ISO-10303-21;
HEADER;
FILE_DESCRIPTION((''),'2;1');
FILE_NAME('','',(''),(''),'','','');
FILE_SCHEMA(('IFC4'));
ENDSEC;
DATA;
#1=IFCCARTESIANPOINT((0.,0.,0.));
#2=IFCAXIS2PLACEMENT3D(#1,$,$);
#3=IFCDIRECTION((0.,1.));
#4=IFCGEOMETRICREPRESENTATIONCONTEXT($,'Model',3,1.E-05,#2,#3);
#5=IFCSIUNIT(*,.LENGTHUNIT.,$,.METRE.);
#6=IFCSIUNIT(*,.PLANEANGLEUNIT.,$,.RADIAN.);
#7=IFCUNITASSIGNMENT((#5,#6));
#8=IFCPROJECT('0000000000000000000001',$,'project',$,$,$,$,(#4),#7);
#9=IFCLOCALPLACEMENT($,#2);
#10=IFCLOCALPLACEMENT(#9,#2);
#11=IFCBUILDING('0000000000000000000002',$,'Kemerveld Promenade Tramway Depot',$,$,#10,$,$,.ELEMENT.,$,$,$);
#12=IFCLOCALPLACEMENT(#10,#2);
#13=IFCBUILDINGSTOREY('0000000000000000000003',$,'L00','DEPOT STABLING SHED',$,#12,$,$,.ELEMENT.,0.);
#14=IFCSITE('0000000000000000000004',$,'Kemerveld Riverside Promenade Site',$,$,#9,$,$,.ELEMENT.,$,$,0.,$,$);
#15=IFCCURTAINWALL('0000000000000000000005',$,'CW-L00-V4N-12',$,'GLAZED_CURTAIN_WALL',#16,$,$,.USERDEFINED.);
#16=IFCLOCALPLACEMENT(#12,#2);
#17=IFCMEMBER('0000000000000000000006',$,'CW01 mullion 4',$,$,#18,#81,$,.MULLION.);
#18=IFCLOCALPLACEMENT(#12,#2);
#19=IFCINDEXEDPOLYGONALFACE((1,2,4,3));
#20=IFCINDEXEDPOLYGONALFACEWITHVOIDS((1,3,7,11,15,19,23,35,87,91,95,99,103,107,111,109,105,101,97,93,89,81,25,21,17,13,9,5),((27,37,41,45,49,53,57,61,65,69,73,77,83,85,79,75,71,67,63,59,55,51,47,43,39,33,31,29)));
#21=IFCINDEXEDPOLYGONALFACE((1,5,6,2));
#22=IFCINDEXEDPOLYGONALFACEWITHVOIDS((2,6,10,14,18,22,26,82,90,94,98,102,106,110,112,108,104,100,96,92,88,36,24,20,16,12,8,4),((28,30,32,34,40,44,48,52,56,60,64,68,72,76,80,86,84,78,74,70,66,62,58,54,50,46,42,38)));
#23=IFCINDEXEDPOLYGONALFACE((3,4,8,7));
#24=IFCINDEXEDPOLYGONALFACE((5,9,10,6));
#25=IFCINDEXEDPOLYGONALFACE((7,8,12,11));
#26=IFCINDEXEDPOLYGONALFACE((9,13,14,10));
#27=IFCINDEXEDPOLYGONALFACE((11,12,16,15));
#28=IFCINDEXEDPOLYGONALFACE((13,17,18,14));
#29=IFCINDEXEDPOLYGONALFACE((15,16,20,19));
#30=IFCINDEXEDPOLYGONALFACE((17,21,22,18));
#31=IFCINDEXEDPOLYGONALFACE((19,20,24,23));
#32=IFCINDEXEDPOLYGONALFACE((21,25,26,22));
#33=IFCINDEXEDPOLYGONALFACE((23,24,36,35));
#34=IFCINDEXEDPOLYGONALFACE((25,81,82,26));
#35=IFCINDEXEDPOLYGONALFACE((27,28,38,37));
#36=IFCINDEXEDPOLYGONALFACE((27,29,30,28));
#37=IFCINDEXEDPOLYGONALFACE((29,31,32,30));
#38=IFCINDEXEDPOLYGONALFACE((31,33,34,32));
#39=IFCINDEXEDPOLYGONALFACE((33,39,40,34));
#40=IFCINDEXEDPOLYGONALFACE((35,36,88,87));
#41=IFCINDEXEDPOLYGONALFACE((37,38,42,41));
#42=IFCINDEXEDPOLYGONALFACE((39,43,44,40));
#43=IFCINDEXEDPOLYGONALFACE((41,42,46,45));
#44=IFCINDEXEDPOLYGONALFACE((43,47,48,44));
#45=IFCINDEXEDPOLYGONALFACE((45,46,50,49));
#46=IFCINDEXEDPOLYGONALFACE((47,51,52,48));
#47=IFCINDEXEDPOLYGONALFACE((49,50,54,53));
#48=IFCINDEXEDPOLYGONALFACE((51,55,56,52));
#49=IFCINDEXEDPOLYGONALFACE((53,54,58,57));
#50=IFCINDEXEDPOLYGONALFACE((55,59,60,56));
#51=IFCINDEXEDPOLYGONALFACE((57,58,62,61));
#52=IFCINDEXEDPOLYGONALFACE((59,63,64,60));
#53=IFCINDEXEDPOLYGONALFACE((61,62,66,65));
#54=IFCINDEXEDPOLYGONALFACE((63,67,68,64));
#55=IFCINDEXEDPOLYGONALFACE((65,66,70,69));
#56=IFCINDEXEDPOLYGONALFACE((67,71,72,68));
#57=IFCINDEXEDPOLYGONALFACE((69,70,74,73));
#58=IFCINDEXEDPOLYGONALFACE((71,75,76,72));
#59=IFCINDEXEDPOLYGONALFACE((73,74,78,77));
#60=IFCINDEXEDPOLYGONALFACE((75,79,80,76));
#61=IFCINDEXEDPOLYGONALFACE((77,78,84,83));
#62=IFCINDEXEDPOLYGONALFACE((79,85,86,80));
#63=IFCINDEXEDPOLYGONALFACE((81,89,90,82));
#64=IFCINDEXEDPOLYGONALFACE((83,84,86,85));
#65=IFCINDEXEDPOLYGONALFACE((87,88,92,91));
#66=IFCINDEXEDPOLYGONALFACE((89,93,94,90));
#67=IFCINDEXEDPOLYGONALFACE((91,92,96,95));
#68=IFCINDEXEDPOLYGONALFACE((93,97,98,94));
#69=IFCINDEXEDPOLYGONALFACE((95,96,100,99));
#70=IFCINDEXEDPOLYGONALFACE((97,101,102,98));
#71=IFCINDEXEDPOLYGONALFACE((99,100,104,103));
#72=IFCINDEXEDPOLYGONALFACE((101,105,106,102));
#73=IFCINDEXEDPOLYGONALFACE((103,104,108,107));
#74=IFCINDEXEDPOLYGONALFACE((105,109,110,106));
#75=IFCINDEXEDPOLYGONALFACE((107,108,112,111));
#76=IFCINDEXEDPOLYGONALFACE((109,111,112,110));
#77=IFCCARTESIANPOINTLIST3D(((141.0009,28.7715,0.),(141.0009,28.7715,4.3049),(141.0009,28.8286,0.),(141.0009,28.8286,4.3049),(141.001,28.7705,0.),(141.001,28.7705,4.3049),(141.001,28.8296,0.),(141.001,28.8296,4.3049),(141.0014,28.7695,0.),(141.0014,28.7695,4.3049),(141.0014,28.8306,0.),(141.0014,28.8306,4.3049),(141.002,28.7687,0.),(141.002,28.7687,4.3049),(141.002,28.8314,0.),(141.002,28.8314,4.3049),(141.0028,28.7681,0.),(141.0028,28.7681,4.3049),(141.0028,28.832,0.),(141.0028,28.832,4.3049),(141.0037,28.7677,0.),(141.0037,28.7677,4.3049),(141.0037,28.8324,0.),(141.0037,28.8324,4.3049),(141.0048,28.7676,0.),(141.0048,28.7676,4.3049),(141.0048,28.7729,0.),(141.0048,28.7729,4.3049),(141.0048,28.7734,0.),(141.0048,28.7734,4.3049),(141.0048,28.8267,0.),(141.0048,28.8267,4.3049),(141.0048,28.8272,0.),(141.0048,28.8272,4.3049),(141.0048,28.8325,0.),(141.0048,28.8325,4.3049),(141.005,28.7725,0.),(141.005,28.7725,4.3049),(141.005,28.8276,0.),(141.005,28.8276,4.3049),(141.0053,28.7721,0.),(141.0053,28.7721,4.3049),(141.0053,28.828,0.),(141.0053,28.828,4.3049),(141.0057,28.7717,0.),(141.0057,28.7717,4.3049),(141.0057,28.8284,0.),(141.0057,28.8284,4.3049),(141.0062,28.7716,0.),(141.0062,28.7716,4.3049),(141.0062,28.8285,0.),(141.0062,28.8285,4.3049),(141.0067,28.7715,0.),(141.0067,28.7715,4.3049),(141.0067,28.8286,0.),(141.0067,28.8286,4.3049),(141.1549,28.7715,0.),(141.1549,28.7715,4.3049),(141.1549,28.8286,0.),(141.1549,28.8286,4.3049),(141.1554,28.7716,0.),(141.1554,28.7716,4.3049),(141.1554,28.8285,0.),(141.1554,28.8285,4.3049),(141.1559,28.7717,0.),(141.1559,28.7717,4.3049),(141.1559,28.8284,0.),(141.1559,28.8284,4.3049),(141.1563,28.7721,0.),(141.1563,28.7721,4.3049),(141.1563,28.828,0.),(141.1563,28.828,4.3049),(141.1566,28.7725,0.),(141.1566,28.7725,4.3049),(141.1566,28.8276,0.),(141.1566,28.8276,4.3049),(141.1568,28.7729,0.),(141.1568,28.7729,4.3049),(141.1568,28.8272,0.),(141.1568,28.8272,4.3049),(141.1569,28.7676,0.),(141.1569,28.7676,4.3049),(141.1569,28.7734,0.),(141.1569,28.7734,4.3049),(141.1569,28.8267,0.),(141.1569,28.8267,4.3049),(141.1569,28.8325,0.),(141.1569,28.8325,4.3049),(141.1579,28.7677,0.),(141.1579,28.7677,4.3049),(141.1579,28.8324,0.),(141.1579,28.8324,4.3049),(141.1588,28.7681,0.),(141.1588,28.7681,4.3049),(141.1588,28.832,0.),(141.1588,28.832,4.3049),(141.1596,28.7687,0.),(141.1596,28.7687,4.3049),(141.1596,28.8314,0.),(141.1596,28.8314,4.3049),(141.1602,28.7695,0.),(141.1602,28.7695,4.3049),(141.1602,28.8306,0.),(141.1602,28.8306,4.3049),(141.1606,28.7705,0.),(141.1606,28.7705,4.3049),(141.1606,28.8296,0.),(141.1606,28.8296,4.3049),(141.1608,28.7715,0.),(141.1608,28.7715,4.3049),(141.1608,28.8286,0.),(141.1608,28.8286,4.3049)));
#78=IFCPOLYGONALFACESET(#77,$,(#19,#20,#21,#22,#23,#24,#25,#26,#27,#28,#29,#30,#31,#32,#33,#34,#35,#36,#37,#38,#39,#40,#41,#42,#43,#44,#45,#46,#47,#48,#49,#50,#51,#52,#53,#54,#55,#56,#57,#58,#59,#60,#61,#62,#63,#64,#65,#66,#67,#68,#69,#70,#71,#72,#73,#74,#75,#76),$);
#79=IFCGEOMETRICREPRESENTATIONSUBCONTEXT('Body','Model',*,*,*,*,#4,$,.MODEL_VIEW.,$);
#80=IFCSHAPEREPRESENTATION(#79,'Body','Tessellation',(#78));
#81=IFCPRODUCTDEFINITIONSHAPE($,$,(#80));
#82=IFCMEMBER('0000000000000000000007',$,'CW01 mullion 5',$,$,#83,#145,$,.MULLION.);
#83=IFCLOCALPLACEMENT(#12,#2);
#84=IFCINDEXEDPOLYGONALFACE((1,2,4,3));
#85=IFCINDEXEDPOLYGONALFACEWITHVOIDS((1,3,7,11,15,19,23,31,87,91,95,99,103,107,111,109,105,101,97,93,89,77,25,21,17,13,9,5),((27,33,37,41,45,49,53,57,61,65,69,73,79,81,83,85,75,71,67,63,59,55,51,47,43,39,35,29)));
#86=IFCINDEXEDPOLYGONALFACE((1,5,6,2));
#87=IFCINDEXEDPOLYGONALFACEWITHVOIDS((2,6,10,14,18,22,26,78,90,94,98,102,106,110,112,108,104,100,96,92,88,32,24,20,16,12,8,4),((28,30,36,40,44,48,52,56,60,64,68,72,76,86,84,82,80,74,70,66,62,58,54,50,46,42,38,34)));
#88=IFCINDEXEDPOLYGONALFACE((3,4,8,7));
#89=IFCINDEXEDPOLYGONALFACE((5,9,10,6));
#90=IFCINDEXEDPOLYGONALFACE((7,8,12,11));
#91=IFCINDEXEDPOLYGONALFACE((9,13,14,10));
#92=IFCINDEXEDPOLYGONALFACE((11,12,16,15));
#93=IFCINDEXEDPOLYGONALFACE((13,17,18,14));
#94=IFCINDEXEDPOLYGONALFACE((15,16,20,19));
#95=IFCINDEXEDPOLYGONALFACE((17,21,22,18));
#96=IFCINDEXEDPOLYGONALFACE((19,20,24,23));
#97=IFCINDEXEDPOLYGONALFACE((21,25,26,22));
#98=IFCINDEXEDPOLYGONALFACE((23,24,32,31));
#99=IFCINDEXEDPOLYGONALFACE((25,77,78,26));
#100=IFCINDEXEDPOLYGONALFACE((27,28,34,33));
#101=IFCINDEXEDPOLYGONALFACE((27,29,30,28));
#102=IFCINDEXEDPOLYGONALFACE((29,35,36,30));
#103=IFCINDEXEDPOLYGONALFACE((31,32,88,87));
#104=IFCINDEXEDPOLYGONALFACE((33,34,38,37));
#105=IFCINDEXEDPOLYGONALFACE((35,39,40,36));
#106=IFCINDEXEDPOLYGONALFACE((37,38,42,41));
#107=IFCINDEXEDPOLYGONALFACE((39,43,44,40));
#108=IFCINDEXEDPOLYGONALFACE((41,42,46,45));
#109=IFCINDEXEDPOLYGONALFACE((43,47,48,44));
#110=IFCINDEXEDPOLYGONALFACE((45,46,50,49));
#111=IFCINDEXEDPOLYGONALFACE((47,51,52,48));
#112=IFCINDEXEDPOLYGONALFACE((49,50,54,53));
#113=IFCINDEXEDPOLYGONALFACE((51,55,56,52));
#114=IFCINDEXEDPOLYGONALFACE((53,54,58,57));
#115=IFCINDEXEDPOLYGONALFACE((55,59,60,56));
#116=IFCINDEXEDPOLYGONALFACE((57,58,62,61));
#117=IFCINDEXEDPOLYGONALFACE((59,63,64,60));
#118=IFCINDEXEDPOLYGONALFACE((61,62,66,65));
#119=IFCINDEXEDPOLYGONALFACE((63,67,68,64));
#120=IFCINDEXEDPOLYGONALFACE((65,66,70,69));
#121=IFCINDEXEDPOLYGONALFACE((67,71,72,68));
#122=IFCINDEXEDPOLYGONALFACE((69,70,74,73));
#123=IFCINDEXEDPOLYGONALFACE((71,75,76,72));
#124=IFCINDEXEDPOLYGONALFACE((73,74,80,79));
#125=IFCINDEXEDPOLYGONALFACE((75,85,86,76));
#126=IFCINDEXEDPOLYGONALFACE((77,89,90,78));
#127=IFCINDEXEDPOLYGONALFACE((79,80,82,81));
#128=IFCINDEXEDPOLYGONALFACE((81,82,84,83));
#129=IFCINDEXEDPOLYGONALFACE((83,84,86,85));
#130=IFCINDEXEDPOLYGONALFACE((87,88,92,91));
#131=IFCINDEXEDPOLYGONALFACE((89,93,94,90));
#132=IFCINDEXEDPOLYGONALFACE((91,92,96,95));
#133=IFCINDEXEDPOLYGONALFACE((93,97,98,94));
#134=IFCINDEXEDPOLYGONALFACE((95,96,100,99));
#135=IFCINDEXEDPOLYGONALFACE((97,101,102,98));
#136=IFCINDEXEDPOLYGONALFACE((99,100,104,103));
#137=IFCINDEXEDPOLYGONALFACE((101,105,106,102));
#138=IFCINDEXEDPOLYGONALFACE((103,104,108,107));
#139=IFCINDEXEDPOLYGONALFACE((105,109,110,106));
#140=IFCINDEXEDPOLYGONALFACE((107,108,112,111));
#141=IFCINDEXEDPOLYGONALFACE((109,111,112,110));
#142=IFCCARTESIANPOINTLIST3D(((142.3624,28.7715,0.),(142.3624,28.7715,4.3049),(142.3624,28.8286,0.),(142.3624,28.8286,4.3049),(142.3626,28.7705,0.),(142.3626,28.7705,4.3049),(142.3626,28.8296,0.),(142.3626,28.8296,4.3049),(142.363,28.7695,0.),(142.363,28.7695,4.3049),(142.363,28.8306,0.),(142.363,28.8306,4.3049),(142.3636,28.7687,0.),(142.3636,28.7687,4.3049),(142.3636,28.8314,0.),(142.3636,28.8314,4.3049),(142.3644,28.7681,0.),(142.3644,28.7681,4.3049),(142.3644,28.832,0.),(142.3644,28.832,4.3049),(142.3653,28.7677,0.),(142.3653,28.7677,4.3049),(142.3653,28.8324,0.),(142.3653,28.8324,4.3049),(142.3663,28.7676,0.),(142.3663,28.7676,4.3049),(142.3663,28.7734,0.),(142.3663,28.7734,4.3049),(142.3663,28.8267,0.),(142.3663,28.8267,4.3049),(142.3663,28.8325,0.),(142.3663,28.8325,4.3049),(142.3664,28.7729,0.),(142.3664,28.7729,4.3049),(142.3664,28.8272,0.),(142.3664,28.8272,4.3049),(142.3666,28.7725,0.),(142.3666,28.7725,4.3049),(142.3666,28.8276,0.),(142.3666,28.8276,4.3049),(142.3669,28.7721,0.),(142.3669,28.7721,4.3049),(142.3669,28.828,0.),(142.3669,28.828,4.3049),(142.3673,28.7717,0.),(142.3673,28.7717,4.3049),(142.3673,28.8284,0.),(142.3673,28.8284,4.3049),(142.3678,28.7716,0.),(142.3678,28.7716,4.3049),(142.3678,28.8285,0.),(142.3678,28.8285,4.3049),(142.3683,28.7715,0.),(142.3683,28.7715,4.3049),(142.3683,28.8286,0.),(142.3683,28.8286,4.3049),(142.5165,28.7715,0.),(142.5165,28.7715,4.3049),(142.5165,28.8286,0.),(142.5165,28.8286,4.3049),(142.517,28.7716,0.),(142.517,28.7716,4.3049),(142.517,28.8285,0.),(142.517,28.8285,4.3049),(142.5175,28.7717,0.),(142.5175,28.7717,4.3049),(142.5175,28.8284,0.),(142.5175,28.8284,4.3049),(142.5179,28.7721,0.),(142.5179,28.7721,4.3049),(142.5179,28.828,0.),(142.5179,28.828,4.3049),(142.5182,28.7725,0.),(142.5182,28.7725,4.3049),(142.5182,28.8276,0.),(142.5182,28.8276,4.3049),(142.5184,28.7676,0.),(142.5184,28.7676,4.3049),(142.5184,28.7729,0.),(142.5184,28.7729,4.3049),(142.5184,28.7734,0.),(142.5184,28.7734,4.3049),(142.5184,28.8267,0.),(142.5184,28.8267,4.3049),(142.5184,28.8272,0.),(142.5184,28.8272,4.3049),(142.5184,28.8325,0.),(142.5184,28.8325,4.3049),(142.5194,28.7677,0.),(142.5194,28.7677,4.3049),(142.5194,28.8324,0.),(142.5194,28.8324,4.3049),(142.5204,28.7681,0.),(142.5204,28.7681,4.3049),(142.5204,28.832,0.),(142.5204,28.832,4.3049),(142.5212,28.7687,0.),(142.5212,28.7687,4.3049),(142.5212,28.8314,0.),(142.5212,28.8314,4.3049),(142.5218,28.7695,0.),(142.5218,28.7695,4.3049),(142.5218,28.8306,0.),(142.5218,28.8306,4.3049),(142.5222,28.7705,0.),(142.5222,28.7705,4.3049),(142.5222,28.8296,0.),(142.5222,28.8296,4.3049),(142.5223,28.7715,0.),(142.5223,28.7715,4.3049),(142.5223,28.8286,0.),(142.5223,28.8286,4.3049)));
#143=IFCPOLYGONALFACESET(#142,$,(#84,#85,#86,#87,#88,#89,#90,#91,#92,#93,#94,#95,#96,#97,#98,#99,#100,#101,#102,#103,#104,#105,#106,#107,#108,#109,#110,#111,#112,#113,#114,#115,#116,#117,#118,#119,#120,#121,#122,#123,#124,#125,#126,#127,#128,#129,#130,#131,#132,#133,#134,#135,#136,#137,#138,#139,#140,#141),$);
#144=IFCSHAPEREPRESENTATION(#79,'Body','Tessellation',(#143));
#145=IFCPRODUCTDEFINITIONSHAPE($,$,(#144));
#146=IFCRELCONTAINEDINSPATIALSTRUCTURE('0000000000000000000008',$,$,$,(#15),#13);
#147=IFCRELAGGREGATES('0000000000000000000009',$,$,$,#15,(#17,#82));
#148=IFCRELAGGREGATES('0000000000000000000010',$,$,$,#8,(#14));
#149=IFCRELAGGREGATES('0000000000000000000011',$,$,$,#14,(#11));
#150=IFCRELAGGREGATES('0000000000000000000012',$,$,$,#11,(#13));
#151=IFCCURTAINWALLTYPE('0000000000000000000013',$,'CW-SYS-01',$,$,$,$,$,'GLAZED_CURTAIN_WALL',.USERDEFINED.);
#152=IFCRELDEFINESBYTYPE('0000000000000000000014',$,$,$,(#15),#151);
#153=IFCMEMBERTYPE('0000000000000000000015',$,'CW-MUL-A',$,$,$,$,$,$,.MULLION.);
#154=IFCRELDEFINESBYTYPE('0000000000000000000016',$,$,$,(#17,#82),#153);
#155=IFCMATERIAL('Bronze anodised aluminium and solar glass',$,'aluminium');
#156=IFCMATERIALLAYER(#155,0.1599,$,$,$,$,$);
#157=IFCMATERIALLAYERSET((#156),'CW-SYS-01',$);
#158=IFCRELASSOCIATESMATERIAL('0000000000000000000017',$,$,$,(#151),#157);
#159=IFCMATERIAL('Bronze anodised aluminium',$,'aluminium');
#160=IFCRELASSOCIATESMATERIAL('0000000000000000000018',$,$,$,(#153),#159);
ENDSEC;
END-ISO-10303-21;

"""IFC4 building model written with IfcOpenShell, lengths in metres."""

from ifc_helpers import new_model, si_unit, direction, frame, origin, origin_2d, place, context, subcontext, project, spatial, hollow_rectangle, extrude, material, layer, layer_set, material_profile, profile_set, type_object, element, aggregate, save


model = new_model("IFC4")

# Units and contexts
model_context = context("Model", 3, precision=1e-05, world=origin(), true_north=direction((0.0, 1.0)))
body_context = subcontext(model_context, "Body", "Model", "MODEL_VIEW")
ifc_project = project(units=[si_unit("LENGTHUNIT", "METRE"), si_unit("PLANEANGLEUNIT", "RADIAN")], contexts=[model_context])

# Site, building, storey
site_placement = place(None, origin())
site = spatial("IfcSite", under=ifc_project, at=site_placement, Name="Kemerveld Riverside Promenade Site", CompositionType="ELEMENT", RefElevation=0.0)
building_placement = place(site_placement, origin())
building = spatial("IfcBuilding", under=site, at=building_placement, Name="Kemerveld Promenade Tramway Depot", CompositionType="ELEMENT")
storey_placement = place(building_placement, origin())
storey = spatial("IfcBuildingStorey", under=building, at=storey_placement, Name="L00", Description="DEPOT STABLING SHED", CompositionType="ELEMENT", Elevation=0.0)

# Curtain wall, members
ifc_material_1 = material(Name="Bronze anodised aluminium and solar glass", Category="aluminium")
ifc_layer_1 = layer(ifc_material_1, 0.1599)
ifc_layer_set_1 = layer_set([ifc_layer_1], Name="CW-SYS-01")
curtain_wall_type = type_object("IfcCurtainWallType", Name="CW-SYS-01", ElementType="GLAZED_CURTAIN_WALL", PredefinedType="USERDEFINED", material=ifc_layer_set_1)
curtain_wall_placement = place(storey_placement, origin())
curtain_wall = element("IfcCurtainWall", 1, at=curtain_wall_placement, inside=storey, type_object=curtain_wall_type, Name="CW-L00-V4N-12", ObjectType="GLAZED_CURTAIN_WALL", PredefinedType="USERDEFINED")
ifc_material_2 = material(Name="Bronze anodised aluminium", Category="aluminium")
ifc_material_profile_1 = material_profile(ifc_material_2, hollow_rectangle(XDim=0.0649, YDim=0.1599, WallThickness=0.0039, InnerFilletRadius=0.002, OuterFilletRadius=0.0039, at=origin_2d()), Name="CW-MUL-160x65")
ifc_profile_set_1 = profile_set([ifc_material_profile_1], Name="Bronze anodised aluminium")
member_type_1 = type_object("IfcMemberType", Name="CW-MUL-A", PredefinedType="MULLION", material=ifc_profile_set_1)
member_1_placement = place(storey_placement, frame((141.0808, 28.8, 0.0), z_axis=(0.0, 0.0, 1.0), x_axis=(0.0, 1.0, 0.0)))
member_1 = element("IfcMember", 2, at=member_1_placement, type_object=member_type_1, Name="CW01 mullion 4", PredefinedType="MULLION", context=body_context, shape_type="SweptSolid", body=[
    extrude(hollow_rectangle(XDim=0.0649, YDim=0.1599, WallThickness=0.0039, InnerFilletRadius=0.002, OuterFilletRadius=0.0039, at=origin_2d()), origin(), (0.0, 0.0, 1.0), 4.3049),
])
member_2_placement = place(storey_placement, frame((142.4424, 28.8, 0.0), z_axis=(0.0, 0.0, 1.0), x_axis=(0.0, 1.0, 0.0)))
member_2 = element("IfcMember", 3, at=member_2_placement, type_object=member_type_1, Name="CW01 mullion 5", PredefinedType="MULLION", context=body_context, shape_type="SweptSolid", body=[
    extrude(hollow_rectangle(XDim=0.0649, YDim=0.1599, WallThickness=0.0039, InnerFilletRadius=0.002, OuterFilletRadius=0.0039, at=origin_2d()), origin(), (0.0, 0.0, 1.0), 4.3049),
])
aggregate(curtain_wall, [member_1, member_2])

save(model, "model.ifc")
